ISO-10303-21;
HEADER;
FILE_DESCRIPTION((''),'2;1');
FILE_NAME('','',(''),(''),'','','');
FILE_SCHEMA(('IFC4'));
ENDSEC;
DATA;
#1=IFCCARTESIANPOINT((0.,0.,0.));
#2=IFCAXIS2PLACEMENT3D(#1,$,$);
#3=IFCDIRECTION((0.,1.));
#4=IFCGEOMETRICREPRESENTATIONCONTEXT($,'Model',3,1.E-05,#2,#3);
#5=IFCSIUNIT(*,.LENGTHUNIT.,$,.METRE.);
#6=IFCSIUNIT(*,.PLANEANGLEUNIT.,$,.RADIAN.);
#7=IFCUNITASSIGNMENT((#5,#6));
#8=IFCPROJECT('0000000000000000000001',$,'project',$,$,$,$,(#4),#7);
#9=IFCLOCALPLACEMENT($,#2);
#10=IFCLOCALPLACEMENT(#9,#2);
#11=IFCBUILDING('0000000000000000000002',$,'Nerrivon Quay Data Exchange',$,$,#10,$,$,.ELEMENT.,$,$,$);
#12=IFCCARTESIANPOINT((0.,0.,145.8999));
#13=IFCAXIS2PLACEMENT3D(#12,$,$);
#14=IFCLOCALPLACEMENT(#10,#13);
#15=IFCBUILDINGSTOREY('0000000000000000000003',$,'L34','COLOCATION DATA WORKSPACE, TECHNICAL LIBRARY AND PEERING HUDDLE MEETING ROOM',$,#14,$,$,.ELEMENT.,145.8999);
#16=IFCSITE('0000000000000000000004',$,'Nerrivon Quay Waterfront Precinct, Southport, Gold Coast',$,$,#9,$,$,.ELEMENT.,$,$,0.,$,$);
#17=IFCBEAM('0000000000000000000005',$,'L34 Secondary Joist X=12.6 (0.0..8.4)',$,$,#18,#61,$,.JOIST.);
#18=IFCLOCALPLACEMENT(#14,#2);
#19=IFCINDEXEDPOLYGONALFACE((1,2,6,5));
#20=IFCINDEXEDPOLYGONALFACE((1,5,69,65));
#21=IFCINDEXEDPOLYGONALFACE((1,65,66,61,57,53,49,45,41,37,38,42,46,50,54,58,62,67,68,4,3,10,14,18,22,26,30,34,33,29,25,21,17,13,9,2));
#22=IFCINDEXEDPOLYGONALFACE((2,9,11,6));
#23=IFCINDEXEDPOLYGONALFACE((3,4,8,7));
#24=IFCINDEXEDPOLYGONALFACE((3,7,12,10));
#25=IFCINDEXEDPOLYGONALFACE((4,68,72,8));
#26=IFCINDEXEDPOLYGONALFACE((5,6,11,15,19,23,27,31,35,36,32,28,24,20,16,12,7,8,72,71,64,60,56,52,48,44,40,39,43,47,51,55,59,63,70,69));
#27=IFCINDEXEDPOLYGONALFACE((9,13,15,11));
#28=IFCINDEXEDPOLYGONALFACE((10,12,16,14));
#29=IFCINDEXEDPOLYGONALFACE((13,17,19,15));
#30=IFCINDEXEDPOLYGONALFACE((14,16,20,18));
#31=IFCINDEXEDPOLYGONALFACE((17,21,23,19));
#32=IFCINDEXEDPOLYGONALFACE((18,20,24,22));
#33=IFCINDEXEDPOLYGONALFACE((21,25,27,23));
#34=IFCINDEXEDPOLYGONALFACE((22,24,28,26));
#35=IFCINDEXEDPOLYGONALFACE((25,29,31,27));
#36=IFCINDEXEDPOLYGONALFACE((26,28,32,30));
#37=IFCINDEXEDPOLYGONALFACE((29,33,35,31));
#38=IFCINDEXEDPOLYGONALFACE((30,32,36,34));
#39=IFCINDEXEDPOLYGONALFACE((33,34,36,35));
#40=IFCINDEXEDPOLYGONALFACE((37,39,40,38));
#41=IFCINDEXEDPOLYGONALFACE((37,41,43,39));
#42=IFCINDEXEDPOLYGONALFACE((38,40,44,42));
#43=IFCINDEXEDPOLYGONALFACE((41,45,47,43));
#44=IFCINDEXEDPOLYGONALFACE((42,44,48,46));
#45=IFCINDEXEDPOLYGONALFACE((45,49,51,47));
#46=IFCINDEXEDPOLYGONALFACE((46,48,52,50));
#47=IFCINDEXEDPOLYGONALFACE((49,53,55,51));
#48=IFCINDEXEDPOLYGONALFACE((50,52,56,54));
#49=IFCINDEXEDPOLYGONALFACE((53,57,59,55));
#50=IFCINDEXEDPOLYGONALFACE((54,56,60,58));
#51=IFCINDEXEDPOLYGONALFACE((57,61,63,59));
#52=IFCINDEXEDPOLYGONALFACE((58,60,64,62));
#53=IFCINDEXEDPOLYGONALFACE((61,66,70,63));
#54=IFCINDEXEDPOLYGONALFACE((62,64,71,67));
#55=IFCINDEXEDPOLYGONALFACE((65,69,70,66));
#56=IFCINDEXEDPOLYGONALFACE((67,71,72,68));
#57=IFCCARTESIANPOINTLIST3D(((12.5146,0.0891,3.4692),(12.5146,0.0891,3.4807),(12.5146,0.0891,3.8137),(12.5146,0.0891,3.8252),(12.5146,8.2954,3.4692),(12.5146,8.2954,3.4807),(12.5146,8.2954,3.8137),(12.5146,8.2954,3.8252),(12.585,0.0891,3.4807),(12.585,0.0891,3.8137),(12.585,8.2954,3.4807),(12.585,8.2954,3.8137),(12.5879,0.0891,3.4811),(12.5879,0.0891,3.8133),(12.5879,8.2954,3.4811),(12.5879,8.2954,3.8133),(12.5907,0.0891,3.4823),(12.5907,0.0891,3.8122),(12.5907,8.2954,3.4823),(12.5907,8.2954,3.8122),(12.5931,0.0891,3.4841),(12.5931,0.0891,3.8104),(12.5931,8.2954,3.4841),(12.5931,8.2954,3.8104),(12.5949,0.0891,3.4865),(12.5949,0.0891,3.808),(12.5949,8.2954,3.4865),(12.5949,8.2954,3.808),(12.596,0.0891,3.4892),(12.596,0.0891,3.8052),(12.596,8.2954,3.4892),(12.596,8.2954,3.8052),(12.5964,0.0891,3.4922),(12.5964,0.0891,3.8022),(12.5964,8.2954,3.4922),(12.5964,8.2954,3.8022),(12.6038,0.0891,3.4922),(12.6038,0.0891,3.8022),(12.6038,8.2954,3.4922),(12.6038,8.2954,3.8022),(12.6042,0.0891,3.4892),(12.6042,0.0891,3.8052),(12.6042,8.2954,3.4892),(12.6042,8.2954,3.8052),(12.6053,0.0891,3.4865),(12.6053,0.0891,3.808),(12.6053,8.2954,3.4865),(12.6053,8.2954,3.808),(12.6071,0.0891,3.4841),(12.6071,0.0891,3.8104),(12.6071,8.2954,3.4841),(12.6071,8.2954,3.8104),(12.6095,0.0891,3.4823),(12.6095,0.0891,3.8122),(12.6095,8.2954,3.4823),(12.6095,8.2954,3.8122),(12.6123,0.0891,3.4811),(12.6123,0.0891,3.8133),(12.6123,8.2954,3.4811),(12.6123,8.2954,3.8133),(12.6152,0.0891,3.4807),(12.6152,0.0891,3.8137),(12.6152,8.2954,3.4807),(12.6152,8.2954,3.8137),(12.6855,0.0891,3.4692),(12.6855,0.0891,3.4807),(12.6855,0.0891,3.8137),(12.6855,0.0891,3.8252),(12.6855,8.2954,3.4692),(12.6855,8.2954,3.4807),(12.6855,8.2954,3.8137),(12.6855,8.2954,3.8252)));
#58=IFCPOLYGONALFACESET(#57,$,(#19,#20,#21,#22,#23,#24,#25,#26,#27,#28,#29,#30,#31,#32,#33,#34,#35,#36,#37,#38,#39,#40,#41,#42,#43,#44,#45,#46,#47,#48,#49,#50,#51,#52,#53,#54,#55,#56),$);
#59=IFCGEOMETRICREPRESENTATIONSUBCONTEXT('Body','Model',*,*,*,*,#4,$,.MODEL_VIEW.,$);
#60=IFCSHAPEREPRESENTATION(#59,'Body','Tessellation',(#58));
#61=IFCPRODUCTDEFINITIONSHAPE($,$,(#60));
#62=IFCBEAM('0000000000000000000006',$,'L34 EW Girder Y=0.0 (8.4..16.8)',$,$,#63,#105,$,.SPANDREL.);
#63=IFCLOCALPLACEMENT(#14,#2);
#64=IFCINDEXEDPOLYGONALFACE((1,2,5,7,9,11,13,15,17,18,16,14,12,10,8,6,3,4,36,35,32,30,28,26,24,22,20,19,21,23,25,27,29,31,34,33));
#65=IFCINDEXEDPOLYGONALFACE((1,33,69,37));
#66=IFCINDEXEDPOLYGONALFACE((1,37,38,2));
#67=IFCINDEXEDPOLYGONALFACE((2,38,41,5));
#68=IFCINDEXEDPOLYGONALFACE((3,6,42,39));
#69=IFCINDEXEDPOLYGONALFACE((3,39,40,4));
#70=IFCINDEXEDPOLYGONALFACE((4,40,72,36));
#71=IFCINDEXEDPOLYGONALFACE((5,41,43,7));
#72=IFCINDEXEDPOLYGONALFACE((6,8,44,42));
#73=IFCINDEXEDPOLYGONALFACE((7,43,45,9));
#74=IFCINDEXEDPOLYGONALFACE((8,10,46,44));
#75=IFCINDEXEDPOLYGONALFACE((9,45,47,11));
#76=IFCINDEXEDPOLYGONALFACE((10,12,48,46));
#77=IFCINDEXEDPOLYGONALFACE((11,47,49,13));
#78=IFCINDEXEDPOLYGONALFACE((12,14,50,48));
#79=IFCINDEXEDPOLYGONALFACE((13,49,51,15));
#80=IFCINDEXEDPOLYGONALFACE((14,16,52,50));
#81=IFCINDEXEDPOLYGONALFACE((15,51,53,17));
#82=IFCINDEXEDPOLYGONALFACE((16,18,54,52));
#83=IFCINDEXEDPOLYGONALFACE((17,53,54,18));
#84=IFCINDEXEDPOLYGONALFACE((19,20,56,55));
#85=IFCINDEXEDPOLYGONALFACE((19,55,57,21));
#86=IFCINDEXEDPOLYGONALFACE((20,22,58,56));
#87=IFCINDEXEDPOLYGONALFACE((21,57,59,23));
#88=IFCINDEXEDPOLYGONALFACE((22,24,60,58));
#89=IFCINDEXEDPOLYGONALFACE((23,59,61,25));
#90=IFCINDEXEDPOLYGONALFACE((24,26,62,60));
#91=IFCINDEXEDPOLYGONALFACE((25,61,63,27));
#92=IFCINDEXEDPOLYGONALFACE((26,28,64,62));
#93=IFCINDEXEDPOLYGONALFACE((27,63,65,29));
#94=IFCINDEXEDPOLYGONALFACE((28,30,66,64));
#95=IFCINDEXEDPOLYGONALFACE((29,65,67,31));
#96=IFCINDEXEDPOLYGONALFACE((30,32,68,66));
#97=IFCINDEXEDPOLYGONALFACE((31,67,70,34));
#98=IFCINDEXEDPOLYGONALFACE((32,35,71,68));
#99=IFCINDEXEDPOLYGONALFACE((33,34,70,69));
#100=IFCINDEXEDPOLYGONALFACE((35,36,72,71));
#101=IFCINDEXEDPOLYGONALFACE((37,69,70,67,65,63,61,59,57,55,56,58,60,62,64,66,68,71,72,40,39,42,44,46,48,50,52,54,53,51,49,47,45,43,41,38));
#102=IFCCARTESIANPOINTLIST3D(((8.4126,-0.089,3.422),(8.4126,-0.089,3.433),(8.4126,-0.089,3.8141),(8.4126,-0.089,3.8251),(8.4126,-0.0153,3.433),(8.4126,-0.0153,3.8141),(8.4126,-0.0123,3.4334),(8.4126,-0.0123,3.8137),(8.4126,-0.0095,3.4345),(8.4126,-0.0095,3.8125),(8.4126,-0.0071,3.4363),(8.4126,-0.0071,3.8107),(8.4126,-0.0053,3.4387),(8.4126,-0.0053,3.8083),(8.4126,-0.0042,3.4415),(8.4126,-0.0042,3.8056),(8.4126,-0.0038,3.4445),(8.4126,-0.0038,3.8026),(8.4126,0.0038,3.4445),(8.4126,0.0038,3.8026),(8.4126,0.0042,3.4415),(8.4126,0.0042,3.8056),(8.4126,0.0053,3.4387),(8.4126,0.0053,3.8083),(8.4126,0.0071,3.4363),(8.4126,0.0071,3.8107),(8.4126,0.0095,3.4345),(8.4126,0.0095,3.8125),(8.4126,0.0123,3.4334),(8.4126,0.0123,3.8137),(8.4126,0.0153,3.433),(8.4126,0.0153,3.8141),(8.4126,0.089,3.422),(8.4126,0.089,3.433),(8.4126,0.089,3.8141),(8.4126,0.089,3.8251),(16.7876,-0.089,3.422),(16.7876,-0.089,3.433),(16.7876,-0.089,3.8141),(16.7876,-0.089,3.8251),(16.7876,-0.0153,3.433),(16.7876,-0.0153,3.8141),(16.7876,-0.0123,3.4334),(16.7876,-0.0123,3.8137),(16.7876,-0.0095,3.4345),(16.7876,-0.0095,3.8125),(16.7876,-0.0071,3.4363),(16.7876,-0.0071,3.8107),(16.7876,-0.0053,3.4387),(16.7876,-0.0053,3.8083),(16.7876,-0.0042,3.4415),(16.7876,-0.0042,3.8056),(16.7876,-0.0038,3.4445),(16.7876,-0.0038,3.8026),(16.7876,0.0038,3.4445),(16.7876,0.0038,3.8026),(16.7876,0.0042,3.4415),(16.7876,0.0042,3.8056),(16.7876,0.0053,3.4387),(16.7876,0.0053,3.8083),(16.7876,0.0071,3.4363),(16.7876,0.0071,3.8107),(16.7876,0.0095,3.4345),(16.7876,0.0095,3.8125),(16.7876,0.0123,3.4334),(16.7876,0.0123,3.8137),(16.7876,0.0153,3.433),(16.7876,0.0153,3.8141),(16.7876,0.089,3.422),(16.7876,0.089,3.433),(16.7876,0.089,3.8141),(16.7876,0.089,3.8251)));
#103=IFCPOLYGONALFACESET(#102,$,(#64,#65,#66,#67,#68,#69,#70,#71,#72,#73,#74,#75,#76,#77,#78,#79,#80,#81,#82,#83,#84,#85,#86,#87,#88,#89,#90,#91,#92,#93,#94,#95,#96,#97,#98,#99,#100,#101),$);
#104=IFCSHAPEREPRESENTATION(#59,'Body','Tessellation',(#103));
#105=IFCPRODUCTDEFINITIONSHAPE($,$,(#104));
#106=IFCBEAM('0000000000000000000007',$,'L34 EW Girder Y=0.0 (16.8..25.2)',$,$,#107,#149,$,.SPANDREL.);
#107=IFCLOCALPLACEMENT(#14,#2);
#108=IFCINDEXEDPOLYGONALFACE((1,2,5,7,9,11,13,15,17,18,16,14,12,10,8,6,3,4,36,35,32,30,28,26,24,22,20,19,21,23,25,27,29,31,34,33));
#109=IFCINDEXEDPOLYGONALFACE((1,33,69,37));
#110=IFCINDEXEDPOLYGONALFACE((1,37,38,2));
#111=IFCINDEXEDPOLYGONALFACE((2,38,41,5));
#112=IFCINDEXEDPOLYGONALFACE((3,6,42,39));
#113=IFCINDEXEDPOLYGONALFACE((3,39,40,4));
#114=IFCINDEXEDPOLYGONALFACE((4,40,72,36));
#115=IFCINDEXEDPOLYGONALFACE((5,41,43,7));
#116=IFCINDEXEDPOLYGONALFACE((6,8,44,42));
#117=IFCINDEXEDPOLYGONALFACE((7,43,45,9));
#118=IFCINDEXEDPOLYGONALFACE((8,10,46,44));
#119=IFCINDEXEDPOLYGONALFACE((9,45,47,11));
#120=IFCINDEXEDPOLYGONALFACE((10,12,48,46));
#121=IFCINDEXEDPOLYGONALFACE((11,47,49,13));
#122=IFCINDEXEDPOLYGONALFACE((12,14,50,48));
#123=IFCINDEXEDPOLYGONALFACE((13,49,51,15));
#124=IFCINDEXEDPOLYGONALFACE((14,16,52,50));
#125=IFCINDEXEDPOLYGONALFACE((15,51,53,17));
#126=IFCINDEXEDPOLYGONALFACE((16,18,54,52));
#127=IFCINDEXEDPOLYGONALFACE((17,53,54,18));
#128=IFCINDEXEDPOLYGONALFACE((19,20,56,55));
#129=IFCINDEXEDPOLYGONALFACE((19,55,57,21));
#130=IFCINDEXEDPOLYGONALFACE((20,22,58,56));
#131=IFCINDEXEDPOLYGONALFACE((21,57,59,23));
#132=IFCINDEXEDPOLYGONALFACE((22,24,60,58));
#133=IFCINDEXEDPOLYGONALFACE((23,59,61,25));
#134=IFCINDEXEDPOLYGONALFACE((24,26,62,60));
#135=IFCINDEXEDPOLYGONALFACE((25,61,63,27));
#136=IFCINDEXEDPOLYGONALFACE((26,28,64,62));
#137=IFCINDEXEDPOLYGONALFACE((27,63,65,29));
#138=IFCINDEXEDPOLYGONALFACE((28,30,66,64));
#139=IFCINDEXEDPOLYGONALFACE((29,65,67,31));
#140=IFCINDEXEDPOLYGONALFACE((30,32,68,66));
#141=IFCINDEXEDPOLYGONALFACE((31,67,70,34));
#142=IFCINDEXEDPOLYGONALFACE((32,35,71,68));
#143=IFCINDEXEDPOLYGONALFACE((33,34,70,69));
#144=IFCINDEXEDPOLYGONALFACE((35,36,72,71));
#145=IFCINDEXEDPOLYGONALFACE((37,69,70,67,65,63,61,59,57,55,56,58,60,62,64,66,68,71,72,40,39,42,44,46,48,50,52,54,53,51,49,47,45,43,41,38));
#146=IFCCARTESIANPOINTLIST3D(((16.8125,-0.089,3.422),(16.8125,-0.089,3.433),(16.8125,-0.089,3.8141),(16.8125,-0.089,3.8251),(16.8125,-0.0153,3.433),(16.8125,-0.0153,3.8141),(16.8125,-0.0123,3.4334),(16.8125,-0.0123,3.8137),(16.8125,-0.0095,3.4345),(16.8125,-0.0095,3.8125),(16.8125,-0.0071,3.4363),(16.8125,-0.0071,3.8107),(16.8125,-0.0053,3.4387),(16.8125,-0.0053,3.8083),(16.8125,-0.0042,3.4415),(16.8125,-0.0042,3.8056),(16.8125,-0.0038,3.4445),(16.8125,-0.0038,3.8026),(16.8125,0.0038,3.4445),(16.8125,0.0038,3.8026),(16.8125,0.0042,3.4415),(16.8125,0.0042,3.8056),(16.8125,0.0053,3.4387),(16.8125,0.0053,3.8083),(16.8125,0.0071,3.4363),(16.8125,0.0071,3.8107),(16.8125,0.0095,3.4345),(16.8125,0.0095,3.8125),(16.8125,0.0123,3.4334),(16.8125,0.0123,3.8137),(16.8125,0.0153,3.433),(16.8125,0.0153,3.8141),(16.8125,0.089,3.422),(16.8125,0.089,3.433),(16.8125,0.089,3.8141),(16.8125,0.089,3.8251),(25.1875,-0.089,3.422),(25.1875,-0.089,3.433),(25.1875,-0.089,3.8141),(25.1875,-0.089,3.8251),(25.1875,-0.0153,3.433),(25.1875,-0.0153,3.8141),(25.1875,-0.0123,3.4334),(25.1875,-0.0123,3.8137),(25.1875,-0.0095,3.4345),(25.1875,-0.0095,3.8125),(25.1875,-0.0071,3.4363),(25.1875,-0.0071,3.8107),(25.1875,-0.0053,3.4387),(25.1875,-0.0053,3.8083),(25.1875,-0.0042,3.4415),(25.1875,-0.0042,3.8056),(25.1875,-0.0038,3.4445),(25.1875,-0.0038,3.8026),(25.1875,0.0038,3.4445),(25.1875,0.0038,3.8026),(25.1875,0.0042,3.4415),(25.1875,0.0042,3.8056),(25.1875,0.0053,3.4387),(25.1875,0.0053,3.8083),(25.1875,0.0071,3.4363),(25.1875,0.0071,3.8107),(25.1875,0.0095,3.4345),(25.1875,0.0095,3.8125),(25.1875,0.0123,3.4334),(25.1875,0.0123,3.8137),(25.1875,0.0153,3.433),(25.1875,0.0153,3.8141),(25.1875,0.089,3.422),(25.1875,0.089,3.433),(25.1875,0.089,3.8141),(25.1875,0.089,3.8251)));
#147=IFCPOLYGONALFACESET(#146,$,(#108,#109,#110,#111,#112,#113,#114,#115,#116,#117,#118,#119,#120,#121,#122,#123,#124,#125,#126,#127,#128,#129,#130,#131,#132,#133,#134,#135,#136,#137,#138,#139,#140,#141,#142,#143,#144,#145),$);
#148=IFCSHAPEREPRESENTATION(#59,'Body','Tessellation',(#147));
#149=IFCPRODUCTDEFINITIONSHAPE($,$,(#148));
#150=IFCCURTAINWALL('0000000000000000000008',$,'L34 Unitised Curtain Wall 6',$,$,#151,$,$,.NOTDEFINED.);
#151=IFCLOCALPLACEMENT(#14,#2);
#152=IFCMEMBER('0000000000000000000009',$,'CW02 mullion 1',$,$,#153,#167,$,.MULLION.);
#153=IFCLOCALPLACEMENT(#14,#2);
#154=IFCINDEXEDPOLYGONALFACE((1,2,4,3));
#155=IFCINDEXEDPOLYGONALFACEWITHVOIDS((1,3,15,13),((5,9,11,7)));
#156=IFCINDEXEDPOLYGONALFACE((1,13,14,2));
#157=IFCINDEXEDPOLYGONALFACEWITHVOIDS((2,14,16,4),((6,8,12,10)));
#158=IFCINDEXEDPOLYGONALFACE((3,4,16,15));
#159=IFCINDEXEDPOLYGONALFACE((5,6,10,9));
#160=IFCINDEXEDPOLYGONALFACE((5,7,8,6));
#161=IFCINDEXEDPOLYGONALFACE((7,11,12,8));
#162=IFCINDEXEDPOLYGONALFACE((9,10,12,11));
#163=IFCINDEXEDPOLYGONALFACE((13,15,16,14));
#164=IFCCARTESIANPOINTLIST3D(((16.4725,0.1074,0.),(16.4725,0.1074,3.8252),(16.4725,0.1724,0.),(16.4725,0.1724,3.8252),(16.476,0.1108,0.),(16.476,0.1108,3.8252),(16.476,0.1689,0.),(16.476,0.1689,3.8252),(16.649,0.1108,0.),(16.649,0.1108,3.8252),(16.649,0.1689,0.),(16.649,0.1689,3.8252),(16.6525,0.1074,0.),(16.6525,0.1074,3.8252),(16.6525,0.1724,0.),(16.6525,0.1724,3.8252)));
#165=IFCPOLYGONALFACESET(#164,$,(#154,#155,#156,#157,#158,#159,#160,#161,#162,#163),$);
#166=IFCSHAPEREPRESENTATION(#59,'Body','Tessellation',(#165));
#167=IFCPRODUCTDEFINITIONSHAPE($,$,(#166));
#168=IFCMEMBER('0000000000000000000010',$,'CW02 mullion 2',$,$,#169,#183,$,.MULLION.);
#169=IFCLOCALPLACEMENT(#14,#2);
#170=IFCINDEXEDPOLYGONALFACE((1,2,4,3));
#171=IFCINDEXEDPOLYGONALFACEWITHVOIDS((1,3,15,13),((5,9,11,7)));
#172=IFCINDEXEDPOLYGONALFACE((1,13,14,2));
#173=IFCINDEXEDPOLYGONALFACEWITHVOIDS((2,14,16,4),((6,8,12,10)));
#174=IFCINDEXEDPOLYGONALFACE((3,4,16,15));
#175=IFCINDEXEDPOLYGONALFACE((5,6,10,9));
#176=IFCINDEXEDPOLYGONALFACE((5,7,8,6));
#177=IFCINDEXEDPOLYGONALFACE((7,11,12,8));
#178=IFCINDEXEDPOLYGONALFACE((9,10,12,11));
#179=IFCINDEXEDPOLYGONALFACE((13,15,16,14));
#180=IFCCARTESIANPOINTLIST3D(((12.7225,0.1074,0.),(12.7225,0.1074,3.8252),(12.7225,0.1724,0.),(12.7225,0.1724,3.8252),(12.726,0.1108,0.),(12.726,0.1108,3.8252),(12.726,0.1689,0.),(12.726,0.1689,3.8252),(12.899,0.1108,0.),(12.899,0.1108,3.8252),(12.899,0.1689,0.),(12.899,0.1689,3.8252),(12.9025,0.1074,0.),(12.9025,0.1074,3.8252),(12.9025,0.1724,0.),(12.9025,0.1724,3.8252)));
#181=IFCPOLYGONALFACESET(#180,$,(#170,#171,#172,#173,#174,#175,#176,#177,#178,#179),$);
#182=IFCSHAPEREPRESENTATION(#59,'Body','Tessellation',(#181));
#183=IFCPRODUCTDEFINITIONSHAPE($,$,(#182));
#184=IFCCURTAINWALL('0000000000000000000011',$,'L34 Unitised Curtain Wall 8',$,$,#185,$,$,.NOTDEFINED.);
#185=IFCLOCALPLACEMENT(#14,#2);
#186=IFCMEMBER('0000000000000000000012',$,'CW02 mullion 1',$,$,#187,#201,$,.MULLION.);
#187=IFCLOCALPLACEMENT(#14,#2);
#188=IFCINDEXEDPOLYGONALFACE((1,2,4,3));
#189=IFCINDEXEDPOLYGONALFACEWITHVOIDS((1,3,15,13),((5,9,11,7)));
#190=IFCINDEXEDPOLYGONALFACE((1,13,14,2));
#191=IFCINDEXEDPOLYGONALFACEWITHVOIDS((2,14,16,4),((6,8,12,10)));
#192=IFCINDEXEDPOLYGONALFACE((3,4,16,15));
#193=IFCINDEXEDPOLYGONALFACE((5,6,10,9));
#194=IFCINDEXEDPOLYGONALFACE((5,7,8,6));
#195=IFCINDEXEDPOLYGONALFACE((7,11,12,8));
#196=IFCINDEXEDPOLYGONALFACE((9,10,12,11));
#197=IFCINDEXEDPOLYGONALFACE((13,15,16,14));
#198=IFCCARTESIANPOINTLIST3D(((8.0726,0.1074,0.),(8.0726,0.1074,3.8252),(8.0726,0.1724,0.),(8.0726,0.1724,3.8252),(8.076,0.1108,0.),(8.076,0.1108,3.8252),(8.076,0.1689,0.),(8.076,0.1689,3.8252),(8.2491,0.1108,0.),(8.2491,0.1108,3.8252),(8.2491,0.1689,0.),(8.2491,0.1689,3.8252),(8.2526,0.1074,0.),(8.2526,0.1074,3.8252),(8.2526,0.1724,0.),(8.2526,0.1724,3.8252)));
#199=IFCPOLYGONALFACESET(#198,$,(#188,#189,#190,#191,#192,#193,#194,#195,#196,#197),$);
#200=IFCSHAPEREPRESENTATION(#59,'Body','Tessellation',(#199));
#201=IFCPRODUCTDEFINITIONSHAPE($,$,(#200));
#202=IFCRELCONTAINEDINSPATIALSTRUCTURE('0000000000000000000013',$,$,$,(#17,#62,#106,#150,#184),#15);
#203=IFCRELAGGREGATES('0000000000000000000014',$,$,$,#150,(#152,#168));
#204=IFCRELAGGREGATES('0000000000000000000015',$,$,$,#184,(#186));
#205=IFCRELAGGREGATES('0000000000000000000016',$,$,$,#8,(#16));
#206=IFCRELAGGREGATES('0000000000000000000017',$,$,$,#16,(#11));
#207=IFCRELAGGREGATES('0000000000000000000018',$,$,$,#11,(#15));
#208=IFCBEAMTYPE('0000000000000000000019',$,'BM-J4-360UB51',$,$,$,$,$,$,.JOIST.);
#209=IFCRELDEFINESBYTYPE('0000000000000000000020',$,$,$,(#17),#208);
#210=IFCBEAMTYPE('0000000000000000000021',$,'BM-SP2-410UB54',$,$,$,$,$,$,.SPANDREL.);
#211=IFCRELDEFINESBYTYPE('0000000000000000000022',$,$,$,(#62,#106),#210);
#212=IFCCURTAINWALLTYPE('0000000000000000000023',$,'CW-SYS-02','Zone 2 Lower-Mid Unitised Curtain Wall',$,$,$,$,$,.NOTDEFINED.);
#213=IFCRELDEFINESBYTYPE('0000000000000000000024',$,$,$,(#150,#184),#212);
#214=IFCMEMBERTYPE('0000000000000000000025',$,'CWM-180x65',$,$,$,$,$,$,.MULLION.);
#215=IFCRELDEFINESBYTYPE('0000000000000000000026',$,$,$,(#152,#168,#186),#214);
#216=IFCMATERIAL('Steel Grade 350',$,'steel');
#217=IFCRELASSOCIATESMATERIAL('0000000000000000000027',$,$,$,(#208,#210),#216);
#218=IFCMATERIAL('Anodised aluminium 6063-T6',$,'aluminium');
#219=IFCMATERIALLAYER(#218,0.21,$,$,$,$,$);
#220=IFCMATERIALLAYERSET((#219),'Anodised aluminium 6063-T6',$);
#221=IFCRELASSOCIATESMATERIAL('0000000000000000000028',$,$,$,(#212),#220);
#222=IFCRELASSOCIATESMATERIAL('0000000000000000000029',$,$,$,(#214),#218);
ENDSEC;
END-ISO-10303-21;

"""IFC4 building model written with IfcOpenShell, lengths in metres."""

from ifc_helpers import new_model, si_unit, direction, frame, origin, origin_2d, place, context, subcontext, project, spatial, hollow_rectangle, i_section, extrude, material, layer, layer_set, material_profile, profile_set, type_object, element, aggregate, save


model = new_model("IFC4")

# Units and contexts
model_context = context("Model", 3, precision=1e-05, world=origin(), true_north=direction((0.0, 1.0)))
body_context = subcontext(model_context, "Body", "Model", "MODEL_VIEW")
ifc_project = project(units=[si_unit("LENGTHUNIT", "METRE"), si_unit("PLANEANGLEUNIT", "RADIAN")], contexts=[model_context])

# Site, building, storey
site_placement = place(None, origin())
site = spatial("IfcSite", under=ifc_project, at=site_placement, Name="Nerrivon Quay Waterfront Precinct, Southport, Gold Coast", CompositionType="ELEMENT", RefElevation=0.0)
building_placement = place(site_placement, origin())
building = spatial("IfcBuilding", under=site, at=building_placement, Name="Nerrivon Quay Data Exchange", CompositionType="ELEMENT")
storey_placement = place(building_placement, frame((0.0, 0.0, 145.8999)))
storey = spatial("IfcBuildingStorey", under=building, at=storey_placement, Name="L34", Description="COLOCATION DATA WORKSPACE, TECHNICAL LIBRARY AND PEERING HUDDLE MEETING ROOM", CompositionType="ELEMENT", Elevation=145.8999)

# Shared definitions
ifc_material_1 = material(Name="Steel Grade 350", Category="steel")

# Beams
ifc_material_profile_1 = material_profile(ifc_material_1, i_section(OverallWidth=0.1709, OverallDepth=0.356, WebThickness=0.0073, FlangeThickness=0.0115, FilletRadius=0.0115, at=origin_2d()), Name="360UB50.7")
ifc_profile_set_1 = profile_set([ifc_material_profile_1], Name="Steel Grade 350")
beam_type_1 = type_object("IfcBeamType", Name="BM-J4-360UB51", PredefinedType="JOIST", material=ifc_profile_set_1)
beam_1_placement = place(storey_placement, frame((12.6001, 0.0891, 3.6472), z_axis=(0.0, 1.0, 0.0), x_axis=(-1.0, 0.0, 0.0)))
element("IfcBeam", 1, at=beam_1_placement, inside=storey, type_object=beam_type_1, Name="L34 Secondary Joist X=12.6 (0.0..8.4)", PredefinedType="JOIST", context=body_context, shape_type="SweptSolid", body=[
    extrude(i_section(OverallWidth=0.1709, OverallDepth=0.356, WebThickness=0.0073, FlangeThickness=0.0115, FilletRadius=0.0115, at=origin_2d()), origin(), (0.0, 0.0, 1.0), 8.2063),
])
ifc_material_profile_2 = material_profile(ifc_material_1, i_section(OverallWidth=0.178, OverallDepth=0.4031, WebThickness=0.0076, FlangeThickness=0.011, FilletRadius=0.0115, at=origin_2d()), Name="410UB53.7")
ifc_profile_set_2 = profile_set([ifc_material_profile_2], Name="Steel Grade 350")
beam_type_2 = type_object("IfcBeamType", Name="BM-SP2-410UB54", PredefinedType="SPANDREL", material=ifc_profile_set_2)
for number, where, z_axis, x_axis, name in (
    (2, (8.4126, 0.0, 3.6235), (1.0, 0.0, 0.0), (0.0, 1.0, 0.0), "L34 EW Girder Y=0.0 (8.4..16.8)"),
    (3, (16.8125, 0.0, 3.6235), (1.0, 0.0, 0.0), (0.0, 1.0, 0.0), "L34 EW Girder Y=0.0 (16.8..25.2)"),
):
    element("IfcBeam", number, at=place(storey_placement, frame(where, z_axis=z_axis, x_axis=x_axis)), inside=storey, type_object=beam_type_2, Name=name, PredefinedType="SPANDREL", context=body_context, shape_type="SweptSolid", body=[
        extrude(i_section(OverallWidth=0.178, OverallDepth=0.4031, WebThickness=0.0076, FlangeThickness=0.011, FilletRadius=0.0115, at=origin_2d()), origin(), (0.0, 0.0, 1.0), 8.375),
    ])

# Curtain wall, members
ifc_material_2 = material(Name="Anodised aluminium 6063-T6", Category="aluminium")
ifc_layer_1 = layer(ifc_material_2, 0.21)
ifc_layer_set_1 = layer_set([ifc_layer_1], Name="Anodised aluminium 6063-T6")
curtain_wall_type = type_object("IfcCurtainWallType", Name="CW-SYS-02", Description="Zone 2 Lower-Mid Unitised Curtain Wall", PredefinedType="NOTDEFINED", material=ifc_layer_set_1)
curtain_wall_1_placement = place(storey_placement, origin())
curtain_wall_1 = element("IfcCurtainWall", 4, at=curtain_wall_1_placement, inside=storey, type_object=curtain_wall_type, Name="L34 Unitised Curtain Wall 6", PredefinedType="NOTDEFINED")
ifc_material_profile_3 = material_profile(ifc_material_2, hollow_rectangle(XDim=0.0649, YDim=0.1799, WallThickness=0.0034, at=origin_2d()), Name="ALU-MULL-180x65")
ifc_profile_set_3 = profile_set([ifc_material_profile_3], Name="Anodised aluminium 6063-T6")
member_type_1 = type_object("IfcMemberType", Name="CWM-180x65", PredefinedType="MULLION", material=ifc_profile_set_3)
member_1_placement = place(storey_placement, frame((16.5625, 0.1399, 0.0), z_axis=(0.0, 0.0, 1.0), x_axis=(0.0, -1.0, 0.0)))
member_1 = element("IfcMember", 5, at=member_1_placement, type_object=member_type_1, Name="CW02 mullion 1", PredefinedType="MULLION", context=body_context, shape_type="SweptSolid", body=[
    extrude(hollow_rectangle(XDim=0.0649, YDim=0.1799, WallThickness=0.0034, at=origin_2d()), origin(), (0.0, 0.0, 1.0), 3.8252),
])
member_2_placement = place(storey_placement, frame((12.8125, 0.1399, 0.0), z_axis=(0.0, 0.0, 1.0), x_axis=(0.0, -1.0, 0.0)))
member_2 = element("IfcMember", 6, at=member_2_placement, type_object=member_type_1, Name="CW02 mullion 2", PredefinedType="MULLION", context=body_context, shape_type="SweptSolid", body=[
    extrude(hollow_rectangle(XDim=0.0649, YDim=0.1799, WallThickness=0.0034, at=origin_2d()), origin(), (0.0, 0.0, 1.0), 3.8252),
])

# Curtain wall, member
curtain_wall_2_placement = place(storey_placement, origin())
curtain_wall_2 = element("IfcCurtainWall", 7, at=curtain_wall_2_placement, inside=storey, type_object=curtain_wall_type, Name="L34 Unitised Curtain Wall 8", PredefinedType="NOTDEFINED")
member_3_placement = place(storey_placement, frame((8.1626, 0.1399, 0.0), z_axis=(0.0, 0.0, 1.0), x_axis=(0.0, -1.0, 0.0)))
member_3 = element("IfcMember", 8, at=member_3_placement, type_object=member_type_1, Name="CW02 mullion 1", PredefinedType="MULLION", context=body_context, shape_type="SweptSolid", body=[
    extrude(hollow_rectangle(XDim=0.0649, YDim=0.1799, WallThickness=0.0034, at=origin_2d()), origin(), (0.0, 0.0, 1.0), 3.8252),
])

aggregate(curtain_wall_1, [member_1, member_2])
aggregate(curtain_wall_2, [member_3])

save(model, "model.ifc")
